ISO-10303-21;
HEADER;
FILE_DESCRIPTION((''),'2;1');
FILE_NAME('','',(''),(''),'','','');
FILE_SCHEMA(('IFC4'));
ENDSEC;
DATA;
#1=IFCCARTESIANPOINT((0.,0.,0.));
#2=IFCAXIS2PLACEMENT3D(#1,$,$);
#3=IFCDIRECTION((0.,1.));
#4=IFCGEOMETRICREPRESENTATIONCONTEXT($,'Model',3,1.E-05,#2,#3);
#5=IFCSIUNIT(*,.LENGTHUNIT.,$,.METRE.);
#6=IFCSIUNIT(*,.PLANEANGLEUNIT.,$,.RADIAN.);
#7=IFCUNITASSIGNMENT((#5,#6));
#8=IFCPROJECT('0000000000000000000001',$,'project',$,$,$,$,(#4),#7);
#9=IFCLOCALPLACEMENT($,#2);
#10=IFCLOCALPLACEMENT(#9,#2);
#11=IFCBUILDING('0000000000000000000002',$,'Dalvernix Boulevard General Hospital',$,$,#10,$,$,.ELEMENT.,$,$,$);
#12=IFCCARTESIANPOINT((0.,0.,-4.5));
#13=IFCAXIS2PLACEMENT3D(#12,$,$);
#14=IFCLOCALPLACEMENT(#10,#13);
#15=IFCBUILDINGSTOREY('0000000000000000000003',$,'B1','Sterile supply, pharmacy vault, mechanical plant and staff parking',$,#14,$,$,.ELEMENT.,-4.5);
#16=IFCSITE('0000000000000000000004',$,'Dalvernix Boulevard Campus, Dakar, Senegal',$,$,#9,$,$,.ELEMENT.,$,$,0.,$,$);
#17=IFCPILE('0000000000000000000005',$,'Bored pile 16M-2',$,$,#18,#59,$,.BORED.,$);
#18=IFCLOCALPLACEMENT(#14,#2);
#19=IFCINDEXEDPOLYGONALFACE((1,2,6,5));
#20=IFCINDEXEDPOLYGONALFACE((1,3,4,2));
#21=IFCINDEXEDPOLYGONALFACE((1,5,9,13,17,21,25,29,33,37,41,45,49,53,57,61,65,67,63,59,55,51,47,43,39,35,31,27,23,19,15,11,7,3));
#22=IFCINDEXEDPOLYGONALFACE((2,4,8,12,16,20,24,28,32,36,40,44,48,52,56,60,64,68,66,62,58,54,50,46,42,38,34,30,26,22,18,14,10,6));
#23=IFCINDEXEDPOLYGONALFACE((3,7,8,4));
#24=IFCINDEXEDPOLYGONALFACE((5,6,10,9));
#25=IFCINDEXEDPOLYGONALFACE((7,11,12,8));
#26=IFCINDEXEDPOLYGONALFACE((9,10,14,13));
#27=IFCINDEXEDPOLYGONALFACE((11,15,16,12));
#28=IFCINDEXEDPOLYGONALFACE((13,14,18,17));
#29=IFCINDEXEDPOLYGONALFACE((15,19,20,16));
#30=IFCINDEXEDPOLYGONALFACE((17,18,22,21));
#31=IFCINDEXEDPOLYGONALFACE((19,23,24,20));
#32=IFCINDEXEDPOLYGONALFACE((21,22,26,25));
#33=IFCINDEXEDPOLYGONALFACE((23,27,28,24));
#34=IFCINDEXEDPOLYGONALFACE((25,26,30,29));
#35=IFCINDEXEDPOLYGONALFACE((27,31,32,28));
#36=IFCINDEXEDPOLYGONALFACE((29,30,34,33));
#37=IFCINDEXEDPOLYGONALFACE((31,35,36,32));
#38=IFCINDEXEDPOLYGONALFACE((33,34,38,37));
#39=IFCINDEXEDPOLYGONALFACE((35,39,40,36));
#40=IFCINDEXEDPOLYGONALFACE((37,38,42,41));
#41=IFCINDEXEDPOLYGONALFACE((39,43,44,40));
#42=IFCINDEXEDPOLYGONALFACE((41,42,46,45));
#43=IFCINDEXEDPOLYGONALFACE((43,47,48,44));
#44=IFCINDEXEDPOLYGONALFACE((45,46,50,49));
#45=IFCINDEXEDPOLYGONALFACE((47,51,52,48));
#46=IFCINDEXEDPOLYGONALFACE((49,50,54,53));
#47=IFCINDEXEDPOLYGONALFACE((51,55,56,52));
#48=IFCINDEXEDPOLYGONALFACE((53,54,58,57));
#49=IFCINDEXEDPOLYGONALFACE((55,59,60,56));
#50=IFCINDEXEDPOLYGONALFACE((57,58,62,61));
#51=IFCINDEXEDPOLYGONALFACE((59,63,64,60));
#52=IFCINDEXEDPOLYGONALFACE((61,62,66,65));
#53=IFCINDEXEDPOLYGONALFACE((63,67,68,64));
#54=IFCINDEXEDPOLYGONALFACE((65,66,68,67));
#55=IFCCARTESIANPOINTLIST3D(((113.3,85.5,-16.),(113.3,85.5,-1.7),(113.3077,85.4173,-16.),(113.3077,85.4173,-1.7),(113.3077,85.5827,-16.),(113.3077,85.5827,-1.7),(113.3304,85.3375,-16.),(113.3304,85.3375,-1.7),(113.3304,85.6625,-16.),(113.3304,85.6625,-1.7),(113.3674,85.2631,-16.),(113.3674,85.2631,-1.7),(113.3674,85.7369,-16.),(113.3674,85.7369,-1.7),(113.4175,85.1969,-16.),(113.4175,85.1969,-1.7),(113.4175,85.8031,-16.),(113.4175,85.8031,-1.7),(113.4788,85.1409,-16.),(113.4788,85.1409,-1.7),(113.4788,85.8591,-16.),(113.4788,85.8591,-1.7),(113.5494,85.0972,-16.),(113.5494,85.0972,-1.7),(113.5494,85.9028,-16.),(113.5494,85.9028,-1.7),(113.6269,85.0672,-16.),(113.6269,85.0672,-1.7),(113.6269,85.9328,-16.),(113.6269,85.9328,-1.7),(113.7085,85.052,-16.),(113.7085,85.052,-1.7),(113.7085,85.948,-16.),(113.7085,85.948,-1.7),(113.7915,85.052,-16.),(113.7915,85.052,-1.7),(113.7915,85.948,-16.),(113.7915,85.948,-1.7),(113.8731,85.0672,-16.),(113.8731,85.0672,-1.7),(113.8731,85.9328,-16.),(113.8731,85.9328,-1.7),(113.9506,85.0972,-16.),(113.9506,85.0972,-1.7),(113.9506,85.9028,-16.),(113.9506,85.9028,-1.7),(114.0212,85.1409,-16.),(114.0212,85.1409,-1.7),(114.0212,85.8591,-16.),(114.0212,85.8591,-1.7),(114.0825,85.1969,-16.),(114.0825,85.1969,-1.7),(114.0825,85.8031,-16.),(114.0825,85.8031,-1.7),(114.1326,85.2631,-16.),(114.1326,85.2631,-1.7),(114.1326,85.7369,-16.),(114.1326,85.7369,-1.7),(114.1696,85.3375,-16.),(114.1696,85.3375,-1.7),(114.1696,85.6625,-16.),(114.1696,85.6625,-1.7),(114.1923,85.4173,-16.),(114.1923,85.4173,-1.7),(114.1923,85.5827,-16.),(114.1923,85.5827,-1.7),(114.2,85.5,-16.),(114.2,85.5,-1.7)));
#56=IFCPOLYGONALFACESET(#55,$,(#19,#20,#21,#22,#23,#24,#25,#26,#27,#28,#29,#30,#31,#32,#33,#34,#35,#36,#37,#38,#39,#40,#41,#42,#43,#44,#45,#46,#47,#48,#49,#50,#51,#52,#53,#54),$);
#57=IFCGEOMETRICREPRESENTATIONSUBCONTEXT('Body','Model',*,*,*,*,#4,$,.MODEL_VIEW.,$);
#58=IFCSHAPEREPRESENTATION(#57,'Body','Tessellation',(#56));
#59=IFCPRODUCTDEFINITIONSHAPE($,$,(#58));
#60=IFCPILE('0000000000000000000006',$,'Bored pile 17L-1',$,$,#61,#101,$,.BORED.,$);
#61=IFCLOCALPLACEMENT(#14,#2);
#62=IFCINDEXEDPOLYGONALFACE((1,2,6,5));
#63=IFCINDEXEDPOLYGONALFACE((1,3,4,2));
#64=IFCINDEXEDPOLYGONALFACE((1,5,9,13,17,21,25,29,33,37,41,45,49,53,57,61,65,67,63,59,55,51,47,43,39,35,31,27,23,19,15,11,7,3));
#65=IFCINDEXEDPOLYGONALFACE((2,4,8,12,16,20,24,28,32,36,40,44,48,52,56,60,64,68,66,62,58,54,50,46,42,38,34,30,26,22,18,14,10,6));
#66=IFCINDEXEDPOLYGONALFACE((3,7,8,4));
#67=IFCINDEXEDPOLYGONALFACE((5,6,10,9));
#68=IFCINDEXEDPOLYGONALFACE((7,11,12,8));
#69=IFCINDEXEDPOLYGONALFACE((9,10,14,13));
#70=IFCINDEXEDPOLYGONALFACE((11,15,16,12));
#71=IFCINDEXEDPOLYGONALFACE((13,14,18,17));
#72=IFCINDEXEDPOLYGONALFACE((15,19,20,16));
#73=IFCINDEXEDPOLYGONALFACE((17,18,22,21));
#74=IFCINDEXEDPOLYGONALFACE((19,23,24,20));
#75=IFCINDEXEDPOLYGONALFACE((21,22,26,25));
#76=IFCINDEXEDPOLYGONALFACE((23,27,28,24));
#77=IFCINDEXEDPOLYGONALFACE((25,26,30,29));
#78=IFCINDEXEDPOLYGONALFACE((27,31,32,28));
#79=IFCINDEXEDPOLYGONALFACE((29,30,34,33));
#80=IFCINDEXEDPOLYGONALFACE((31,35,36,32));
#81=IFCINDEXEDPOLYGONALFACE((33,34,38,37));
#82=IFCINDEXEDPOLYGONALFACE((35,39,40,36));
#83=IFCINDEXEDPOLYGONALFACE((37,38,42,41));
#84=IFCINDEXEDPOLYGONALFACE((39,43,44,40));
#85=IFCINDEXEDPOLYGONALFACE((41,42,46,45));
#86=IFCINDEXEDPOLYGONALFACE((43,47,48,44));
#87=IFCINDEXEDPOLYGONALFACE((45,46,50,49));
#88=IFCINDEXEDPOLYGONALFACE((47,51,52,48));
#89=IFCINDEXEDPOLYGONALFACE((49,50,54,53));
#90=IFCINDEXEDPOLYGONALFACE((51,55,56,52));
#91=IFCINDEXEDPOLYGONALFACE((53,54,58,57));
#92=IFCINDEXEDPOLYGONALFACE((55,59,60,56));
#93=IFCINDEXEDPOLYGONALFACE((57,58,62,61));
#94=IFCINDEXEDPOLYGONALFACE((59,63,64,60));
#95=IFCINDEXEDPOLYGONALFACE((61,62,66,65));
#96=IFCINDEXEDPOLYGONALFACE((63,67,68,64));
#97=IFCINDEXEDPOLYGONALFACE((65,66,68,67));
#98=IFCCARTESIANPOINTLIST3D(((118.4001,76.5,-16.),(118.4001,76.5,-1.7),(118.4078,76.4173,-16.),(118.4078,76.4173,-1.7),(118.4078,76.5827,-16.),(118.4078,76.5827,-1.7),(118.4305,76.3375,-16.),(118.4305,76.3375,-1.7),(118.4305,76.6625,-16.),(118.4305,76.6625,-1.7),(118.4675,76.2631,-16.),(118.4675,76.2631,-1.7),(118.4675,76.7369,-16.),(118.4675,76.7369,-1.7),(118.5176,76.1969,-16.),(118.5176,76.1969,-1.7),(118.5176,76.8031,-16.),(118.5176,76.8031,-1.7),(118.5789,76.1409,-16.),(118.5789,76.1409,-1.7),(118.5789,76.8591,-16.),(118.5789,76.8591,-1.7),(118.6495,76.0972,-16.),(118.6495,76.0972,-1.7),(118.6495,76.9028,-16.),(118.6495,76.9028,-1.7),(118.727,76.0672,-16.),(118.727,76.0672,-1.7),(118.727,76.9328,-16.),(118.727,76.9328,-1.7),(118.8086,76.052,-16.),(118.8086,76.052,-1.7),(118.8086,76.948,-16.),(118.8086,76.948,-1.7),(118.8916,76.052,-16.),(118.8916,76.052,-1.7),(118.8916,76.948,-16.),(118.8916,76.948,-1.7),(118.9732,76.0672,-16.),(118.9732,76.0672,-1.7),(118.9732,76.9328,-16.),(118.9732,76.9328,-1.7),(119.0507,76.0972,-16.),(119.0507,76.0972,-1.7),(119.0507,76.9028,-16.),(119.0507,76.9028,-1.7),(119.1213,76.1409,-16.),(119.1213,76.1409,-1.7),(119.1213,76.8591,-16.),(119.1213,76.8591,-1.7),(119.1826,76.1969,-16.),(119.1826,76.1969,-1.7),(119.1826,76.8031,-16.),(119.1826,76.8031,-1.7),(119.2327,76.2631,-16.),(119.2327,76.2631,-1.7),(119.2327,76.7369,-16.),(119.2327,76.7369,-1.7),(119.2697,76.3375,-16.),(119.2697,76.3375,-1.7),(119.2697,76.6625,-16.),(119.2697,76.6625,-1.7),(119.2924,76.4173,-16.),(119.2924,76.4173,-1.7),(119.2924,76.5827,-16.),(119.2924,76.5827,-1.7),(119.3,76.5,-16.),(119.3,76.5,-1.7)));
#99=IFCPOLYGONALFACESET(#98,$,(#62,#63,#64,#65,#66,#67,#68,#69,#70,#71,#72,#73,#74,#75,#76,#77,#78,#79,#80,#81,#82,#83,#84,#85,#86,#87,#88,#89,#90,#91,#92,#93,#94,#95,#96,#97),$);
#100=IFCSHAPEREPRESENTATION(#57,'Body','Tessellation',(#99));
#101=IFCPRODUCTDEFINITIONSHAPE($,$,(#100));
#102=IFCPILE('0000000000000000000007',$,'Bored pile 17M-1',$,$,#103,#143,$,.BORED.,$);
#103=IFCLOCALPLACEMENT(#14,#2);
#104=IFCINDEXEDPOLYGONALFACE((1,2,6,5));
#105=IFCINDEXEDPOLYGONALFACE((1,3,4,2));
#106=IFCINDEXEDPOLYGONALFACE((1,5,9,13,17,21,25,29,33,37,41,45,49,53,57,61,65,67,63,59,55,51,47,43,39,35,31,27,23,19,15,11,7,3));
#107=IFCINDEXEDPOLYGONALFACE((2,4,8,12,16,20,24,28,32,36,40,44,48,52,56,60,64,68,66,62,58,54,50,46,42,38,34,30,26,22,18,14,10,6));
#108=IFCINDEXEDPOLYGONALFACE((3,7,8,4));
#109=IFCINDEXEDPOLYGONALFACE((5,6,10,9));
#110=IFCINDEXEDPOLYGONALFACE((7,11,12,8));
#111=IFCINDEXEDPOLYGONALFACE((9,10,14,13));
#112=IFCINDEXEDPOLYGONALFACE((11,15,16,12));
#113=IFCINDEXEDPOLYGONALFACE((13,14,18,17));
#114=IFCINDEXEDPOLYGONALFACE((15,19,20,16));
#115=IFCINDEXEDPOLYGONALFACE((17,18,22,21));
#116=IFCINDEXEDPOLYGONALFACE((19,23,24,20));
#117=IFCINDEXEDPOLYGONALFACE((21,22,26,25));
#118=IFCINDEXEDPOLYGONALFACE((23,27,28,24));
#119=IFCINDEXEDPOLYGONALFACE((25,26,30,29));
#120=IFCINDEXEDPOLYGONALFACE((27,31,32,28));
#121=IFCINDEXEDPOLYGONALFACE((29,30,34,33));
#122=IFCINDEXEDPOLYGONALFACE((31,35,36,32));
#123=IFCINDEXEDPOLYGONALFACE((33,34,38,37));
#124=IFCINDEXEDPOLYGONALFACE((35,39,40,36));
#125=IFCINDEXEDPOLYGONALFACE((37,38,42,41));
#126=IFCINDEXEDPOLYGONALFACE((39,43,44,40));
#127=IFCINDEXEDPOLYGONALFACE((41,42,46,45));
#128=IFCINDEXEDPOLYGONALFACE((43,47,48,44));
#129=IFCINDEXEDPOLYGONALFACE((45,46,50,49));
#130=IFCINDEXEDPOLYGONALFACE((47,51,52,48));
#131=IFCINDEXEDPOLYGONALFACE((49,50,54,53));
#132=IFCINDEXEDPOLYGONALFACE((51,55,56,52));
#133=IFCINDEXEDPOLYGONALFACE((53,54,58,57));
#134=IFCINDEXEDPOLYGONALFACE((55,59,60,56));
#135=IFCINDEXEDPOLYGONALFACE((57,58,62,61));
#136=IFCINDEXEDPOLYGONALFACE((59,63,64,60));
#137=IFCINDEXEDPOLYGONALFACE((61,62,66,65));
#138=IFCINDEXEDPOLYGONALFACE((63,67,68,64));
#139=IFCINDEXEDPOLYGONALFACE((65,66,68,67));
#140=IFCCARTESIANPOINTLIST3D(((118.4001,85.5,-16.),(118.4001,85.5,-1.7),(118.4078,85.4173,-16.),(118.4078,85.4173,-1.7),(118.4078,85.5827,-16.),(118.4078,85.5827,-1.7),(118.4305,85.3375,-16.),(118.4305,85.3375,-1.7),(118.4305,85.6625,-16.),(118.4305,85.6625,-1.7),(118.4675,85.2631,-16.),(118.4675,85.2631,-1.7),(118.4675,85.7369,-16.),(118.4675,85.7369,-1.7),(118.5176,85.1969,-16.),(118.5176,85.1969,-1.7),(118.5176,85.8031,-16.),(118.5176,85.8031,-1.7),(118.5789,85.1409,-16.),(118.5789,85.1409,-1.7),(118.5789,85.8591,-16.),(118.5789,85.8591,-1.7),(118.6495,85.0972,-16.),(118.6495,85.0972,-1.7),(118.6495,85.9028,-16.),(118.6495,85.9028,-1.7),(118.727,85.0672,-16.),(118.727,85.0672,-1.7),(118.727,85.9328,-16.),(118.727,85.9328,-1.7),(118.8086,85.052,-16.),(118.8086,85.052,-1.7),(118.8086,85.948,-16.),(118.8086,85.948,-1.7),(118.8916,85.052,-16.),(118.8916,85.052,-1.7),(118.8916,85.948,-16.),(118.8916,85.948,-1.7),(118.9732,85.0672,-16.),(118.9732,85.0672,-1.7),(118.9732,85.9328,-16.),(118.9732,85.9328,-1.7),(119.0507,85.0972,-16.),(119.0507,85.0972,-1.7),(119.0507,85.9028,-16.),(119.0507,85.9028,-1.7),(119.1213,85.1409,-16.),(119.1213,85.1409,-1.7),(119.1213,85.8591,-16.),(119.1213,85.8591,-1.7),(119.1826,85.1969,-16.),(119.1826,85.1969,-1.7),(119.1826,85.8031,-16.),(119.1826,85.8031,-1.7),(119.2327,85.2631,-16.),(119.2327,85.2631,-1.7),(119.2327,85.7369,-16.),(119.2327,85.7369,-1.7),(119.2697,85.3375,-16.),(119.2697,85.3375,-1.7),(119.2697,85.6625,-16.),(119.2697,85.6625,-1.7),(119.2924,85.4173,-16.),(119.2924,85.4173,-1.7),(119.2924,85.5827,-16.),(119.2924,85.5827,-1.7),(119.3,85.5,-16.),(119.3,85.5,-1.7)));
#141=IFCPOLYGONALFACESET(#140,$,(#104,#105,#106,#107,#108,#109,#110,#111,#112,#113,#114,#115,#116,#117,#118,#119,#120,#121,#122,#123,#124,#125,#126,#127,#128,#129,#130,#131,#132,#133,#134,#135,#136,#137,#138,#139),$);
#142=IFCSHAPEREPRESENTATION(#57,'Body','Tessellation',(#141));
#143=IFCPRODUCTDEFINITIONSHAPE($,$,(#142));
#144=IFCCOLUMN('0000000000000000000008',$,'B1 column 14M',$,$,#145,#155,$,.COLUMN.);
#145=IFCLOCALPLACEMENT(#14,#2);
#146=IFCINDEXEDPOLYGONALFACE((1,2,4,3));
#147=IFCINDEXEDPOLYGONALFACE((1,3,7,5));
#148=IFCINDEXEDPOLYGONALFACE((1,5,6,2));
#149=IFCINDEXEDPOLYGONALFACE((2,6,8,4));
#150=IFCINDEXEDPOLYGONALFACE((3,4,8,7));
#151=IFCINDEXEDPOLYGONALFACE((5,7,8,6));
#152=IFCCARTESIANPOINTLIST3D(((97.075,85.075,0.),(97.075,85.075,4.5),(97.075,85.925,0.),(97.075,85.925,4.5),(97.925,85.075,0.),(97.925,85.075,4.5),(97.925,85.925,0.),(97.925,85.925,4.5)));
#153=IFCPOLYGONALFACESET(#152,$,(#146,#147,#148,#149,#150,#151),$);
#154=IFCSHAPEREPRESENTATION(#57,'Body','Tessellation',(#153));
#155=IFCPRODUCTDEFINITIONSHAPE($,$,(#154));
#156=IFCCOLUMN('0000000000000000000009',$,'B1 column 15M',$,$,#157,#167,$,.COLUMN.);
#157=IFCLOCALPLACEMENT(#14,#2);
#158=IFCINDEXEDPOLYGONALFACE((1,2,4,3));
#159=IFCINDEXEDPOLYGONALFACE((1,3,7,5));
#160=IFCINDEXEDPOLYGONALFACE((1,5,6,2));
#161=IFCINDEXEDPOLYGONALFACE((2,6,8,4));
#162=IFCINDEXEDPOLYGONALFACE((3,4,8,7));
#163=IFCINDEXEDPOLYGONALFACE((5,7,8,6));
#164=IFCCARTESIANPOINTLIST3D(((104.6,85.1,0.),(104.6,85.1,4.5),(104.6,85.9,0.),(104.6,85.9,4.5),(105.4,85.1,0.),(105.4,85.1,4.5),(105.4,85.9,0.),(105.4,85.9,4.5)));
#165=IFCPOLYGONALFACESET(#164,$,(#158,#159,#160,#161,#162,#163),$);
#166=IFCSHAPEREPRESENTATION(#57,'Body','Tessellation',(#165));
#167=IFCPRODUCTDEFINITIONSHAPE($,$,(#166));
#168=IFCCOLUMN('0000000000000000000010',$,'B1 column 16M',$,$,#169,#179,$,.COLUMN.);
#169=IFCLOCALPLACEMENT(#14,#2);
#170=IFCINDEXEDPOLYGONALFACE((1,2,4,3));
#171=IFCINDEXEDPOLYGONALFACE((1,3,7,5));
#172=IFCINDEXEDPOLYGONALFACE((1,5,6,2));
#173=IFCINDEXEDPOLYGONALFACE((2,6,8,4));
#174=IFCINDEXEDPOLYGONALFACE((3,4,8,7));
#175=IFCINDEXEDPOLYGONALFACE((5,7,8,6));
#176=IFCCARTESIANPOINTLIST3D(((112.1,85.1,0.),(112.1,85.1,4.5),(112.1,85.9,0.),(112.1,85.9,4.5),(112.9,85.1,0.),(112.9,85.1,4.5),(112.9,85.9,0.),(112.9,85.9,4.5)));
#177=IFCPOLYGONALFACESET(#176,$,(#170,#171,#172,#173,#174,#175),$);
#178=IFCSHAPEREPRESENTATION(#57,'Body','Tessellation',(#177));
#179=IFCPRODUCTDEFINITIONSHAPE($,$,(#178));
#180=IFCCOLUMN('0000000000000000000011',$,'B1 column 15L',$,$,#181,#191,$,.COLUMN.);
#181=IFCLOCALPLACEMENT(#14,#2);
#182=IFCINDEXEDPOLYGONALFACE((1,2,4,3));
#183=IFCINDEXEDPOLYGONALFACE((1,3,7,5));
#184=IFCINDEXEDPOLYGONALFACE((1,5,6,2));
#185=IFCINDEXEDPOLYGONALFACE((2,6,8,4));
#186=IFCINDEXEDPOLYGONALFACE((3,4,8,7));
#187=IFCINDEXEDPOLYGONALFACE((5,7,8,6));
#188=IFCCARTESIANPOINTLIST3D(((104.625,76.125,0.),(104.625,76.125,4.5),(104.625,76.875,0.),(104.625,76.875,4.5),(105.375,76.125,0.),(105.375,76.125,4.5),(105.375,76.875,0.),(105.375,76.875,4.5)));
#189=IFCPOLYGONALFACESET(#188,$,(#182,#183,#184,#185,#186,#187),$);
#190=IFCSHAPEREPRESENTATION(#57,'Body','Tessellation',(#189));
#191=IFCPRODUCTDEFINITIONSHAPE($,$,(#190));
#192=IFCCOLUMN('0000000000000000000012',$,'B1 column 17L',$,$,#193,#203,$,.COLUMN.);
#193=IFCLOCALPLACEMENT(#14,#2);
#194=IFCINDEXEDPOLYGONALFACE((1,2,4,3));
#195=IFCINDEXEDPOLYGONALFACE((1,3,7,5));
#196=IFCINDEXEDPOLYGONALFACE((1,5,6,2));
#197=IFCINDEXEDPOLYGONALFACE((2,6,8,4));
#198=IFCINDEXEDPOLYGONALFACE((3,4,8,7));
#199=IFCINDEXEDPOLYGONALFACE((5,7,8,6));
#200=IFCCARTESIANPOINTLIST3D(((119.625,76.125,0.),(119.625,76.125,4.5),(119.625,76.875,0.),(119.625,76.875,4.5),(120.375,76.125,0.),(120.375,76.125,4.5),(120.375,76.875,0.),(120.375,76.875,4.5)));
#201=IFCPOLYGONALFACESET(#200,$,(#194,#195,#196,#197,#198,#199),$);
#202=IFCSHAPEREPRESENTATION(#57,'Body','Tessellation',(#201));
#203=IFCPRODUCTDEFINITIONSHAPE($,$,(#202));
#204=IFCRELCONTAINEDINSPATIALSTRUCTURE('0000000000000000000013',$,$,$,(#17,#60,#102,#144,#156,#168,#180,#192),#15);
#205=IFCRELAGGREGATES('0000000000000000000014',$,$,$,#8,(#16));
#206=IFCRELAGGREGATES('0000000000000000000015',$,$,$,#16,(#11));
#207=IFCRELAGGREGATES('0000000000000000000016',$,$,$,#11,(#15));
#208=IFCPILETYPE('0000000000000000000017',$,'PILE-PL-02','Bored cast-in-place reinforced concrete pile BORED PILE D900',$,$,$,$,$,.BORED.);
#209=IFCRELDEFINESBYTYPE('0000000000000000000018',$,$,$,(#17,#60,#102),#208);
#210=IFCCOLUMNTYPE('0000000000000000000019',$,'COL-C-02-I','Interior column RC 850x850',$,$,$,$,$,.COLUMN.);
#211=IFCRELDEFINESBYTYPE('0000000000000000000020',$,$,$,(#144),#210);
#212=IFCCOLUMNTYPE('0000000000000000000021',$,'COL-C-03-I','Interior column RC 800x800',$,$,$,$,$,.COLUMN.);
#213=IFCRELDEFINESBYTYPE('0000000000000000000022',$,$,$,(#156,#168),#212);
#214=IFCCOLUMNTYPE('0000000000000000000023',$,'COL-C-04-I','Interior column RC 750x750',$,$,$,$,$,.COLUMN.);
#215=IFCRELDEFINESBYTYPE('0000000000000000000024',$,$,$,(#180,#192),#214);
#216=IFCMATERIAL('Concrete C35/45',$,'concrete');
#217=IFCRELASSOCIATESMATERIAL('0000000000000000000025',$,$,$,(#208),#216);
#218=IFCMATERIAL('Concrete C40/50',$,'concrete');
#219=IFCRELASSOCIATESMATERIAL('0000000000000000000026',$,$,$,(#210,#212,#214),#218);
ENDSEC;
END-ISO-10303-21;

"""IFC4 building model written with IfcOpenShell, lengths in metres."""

from ifc_helpers import new_model, si_unit, direction, frame, origin, origin_2d, place, context, subcontext, project, spatial, rectangle, circle, extrude, material, material_profile, profile_set, type_object, element, save


model = new_model("IFC4")

# Units and contexts
model_context = context("Model", 3, precision=1e-05, world=origin(), true_north=direction((0.0, 1.0)))
body_context = subcontext(model_context, "Body", "Model", "MODEL_VIEW")
ifc_project = project(units=[si_unit("LENGTHUNIT", "METRE"), si_unit("PLANEANGLEUNIT", "RADIAN")], contexts=[model_context])

# Site, building, storey
site_placement = place(None, origin())
site = spatial("IfcSite", under=ifc_project, at=site_placement, Name="Dalvernix Boulevard Campus, Dakar, Senegal", CompositionType="ELEMENT", RefElevation=0.0)
building_placement = place(site_placement, origin())
building = spatial("IfcBuilding", under=site, at=building_placement, Name="Dalvernix Boulevard General Hospital", CompositionType="ELEMENT")
storey_placement = place(building_placement, frame((0.0, 0.0, -4.5)))
storey = spatial("IfcBuildingStorey", under=building, at=storey_placement, Name="B1", Description="Sterile supply, pharmacy vault, mechanical plant and staff parking", CompositionType="ELEMENT", Elevation=-4.5)

# Shared definitions
ifc_material_1 = material(Name="Concrete C35/45", Category="concrete")
ifc_material_2 = material(Name="Concrete C40/50", Category="concrete")

# Piles
ifc_material_profile_1 = material_profile(ifc_material_1, circle(Radius=0.45, at=origin_2d()), Name="BORED PILE D900")
ifc_profile_set_1 = profile_set([ifc_material_profile_1], Name="Concrete C35/45")
pile_type = type_object("IfcPileType", Name="PILE-PL-02", Description="Bored cast-in-place reinforced concrete pile BORED PILE D900", PredefinedType="BORED", material=ifc_profile_set_1)
for number, where, z_axis, x_axis, name in (
    (1, (113.75, 85.5, -1.7), (0.0, 0.0, -1.0), (1.0, 0.0, 0.0), "Bored pile 16M-2"),
    (2, (118.8501, 76.5, -1.7), (0.0, 0.0, -1.0), (1.0, 0.0, 0.0), "Bored pile 17L-1"),
    (3, (118.8501, 85.5, -1.7), (0.0, 0.0, -1.0), (1.0, 0.0, 0.0), "Bored pile 17M-1"),
):
    element("IfcPile", number, at=place(storey_placement, frame(where, z_axis=z_axis, x_axis=x_axis)), inside=storey, type_object=pile_type, Name=name, PredefinedType="BORED", context=body_context, shape_type="SweptSolid", body=[
        extrude(circle(Radius=0.45, at=origin_2d()), origin(), (0.0, 0.0, 1.0), 14.3),
    ])

# Columns
ifc_material_profile_2 = material_profile(ifc_material_2, rectangle(XDim=0.8501, YDim=0.8501, at=origin_2d()), Name="RC 850x850")
ifc_profile_set_2 = profile_set([ifc_material_profile_2], Name="Concrete C40/50")
column_type_1 = type_object("IfcColumnType", Name="COL-C-02-I", Description="Interior column RC 850x850", PredefinedType="COLUMN", material=ifc_profile_set_2)
column_1_placement = place(storey_placement, frame((97.5, 85.5, 0.0), z_axis=(0.0, 0.0, 1.0), x_axis=(1.0, 0.0, 0.0)))
element("IfcColumn", 4, at=column_1_placement, inside=storey, type_object=column_type_1, Name="B1 column 14M", PredefinedType="COLUMN", context=body_context, shape_type="SweptSolid", body=[
    extrude(rectangle(XDim=0.8501, YDim=0.8501, at=origin_2d()), origin(), (0.0, 0.0, 1.0), 4.5),
])
ifc_material_profile_3 = material_profile(ifc_material_2, rectangle(XDim=0.8, YDim=0.8, at=origin_2d()), Name="RC 800x800")
ifc_profile_set_3 = profile_set([ifc_material_profile_3], Name="Concrete C40/50")
column_type_2 = type_object("IfcColumnType", Name="COL-C-03-I", Description="Interior column RC 800x800", PredefinedType="COLUMN", material=ifc_profile_set_3)
for number, where, z_axis, x_axis, name in (
    (5, (105.0, 85.5, 0.0), (0.0, 0.0, 1.0), (1.0, 0.0, 0.0), "B1 column 15M"),
    (6, (112.5, 85.5, 0.0), (0.0, 0.0, 1.0), (1.0, 0.0, 0.0), "B1 column 16M"),
):
    element("IfcColumn", number, at=place(storey_placement, frame(where, z_axis=z_axis, x_axis=x_axis)), inside=storey, type_object=column_type_2, Name=name, PredefinedType="COLUMN", context=body_context, shape_type="SweptSolid", body=[
        extrude(rectangle(XDim=0.8, YDim=0.8, at=origin_2d()), origin(), (0.0, 0.0, 1.0), 4.5),
    ])
ifc_material_profile_4 = material_profile(ifc_material_2, rectangle(XDim=0.75, YDim=0.75, at=origin_2d()), Name="RC 750x750")
ifc_profile_set_4 = profile_set([ifc_material_profile_4], Name="Concrete C40/50")
column_type_3 = type_object("IfcColumnType", Name="COL-C-04-I", Description="Interior column RC 750x750", PredefinedType="COLUMN", material=ifc_profile_set_4)
for number, where, z_axis, x_axis, name in (
    (7, (105.0, 76.5, 0.0), (0.0, 0.0, 1.0), (1.0, 0.0, 0.0), "B1 column 15L"),
    (8, (120.0, 76.5, 0.0), (0.0, 0.0, 1.0), (1.0, 0.0, 0.0), "B1 column 17L"),
):
    element("IfcColumn", number, at=place(storey_placement, frame(where, z_axis=z_axis, x_axis=x_axis)), inside=storey, type_object=column_type_3, Name=name, PredefinedType="COLUMN", context=body_context, shape_type="SweptSolid", body=[
        extrude(rectangle(XDim=0.75, YDim=0.75, at=origin_2d()), origin(), (0.0, 0.0, 1.0), 4.5),
    ])

save(model, "model.ifc")
